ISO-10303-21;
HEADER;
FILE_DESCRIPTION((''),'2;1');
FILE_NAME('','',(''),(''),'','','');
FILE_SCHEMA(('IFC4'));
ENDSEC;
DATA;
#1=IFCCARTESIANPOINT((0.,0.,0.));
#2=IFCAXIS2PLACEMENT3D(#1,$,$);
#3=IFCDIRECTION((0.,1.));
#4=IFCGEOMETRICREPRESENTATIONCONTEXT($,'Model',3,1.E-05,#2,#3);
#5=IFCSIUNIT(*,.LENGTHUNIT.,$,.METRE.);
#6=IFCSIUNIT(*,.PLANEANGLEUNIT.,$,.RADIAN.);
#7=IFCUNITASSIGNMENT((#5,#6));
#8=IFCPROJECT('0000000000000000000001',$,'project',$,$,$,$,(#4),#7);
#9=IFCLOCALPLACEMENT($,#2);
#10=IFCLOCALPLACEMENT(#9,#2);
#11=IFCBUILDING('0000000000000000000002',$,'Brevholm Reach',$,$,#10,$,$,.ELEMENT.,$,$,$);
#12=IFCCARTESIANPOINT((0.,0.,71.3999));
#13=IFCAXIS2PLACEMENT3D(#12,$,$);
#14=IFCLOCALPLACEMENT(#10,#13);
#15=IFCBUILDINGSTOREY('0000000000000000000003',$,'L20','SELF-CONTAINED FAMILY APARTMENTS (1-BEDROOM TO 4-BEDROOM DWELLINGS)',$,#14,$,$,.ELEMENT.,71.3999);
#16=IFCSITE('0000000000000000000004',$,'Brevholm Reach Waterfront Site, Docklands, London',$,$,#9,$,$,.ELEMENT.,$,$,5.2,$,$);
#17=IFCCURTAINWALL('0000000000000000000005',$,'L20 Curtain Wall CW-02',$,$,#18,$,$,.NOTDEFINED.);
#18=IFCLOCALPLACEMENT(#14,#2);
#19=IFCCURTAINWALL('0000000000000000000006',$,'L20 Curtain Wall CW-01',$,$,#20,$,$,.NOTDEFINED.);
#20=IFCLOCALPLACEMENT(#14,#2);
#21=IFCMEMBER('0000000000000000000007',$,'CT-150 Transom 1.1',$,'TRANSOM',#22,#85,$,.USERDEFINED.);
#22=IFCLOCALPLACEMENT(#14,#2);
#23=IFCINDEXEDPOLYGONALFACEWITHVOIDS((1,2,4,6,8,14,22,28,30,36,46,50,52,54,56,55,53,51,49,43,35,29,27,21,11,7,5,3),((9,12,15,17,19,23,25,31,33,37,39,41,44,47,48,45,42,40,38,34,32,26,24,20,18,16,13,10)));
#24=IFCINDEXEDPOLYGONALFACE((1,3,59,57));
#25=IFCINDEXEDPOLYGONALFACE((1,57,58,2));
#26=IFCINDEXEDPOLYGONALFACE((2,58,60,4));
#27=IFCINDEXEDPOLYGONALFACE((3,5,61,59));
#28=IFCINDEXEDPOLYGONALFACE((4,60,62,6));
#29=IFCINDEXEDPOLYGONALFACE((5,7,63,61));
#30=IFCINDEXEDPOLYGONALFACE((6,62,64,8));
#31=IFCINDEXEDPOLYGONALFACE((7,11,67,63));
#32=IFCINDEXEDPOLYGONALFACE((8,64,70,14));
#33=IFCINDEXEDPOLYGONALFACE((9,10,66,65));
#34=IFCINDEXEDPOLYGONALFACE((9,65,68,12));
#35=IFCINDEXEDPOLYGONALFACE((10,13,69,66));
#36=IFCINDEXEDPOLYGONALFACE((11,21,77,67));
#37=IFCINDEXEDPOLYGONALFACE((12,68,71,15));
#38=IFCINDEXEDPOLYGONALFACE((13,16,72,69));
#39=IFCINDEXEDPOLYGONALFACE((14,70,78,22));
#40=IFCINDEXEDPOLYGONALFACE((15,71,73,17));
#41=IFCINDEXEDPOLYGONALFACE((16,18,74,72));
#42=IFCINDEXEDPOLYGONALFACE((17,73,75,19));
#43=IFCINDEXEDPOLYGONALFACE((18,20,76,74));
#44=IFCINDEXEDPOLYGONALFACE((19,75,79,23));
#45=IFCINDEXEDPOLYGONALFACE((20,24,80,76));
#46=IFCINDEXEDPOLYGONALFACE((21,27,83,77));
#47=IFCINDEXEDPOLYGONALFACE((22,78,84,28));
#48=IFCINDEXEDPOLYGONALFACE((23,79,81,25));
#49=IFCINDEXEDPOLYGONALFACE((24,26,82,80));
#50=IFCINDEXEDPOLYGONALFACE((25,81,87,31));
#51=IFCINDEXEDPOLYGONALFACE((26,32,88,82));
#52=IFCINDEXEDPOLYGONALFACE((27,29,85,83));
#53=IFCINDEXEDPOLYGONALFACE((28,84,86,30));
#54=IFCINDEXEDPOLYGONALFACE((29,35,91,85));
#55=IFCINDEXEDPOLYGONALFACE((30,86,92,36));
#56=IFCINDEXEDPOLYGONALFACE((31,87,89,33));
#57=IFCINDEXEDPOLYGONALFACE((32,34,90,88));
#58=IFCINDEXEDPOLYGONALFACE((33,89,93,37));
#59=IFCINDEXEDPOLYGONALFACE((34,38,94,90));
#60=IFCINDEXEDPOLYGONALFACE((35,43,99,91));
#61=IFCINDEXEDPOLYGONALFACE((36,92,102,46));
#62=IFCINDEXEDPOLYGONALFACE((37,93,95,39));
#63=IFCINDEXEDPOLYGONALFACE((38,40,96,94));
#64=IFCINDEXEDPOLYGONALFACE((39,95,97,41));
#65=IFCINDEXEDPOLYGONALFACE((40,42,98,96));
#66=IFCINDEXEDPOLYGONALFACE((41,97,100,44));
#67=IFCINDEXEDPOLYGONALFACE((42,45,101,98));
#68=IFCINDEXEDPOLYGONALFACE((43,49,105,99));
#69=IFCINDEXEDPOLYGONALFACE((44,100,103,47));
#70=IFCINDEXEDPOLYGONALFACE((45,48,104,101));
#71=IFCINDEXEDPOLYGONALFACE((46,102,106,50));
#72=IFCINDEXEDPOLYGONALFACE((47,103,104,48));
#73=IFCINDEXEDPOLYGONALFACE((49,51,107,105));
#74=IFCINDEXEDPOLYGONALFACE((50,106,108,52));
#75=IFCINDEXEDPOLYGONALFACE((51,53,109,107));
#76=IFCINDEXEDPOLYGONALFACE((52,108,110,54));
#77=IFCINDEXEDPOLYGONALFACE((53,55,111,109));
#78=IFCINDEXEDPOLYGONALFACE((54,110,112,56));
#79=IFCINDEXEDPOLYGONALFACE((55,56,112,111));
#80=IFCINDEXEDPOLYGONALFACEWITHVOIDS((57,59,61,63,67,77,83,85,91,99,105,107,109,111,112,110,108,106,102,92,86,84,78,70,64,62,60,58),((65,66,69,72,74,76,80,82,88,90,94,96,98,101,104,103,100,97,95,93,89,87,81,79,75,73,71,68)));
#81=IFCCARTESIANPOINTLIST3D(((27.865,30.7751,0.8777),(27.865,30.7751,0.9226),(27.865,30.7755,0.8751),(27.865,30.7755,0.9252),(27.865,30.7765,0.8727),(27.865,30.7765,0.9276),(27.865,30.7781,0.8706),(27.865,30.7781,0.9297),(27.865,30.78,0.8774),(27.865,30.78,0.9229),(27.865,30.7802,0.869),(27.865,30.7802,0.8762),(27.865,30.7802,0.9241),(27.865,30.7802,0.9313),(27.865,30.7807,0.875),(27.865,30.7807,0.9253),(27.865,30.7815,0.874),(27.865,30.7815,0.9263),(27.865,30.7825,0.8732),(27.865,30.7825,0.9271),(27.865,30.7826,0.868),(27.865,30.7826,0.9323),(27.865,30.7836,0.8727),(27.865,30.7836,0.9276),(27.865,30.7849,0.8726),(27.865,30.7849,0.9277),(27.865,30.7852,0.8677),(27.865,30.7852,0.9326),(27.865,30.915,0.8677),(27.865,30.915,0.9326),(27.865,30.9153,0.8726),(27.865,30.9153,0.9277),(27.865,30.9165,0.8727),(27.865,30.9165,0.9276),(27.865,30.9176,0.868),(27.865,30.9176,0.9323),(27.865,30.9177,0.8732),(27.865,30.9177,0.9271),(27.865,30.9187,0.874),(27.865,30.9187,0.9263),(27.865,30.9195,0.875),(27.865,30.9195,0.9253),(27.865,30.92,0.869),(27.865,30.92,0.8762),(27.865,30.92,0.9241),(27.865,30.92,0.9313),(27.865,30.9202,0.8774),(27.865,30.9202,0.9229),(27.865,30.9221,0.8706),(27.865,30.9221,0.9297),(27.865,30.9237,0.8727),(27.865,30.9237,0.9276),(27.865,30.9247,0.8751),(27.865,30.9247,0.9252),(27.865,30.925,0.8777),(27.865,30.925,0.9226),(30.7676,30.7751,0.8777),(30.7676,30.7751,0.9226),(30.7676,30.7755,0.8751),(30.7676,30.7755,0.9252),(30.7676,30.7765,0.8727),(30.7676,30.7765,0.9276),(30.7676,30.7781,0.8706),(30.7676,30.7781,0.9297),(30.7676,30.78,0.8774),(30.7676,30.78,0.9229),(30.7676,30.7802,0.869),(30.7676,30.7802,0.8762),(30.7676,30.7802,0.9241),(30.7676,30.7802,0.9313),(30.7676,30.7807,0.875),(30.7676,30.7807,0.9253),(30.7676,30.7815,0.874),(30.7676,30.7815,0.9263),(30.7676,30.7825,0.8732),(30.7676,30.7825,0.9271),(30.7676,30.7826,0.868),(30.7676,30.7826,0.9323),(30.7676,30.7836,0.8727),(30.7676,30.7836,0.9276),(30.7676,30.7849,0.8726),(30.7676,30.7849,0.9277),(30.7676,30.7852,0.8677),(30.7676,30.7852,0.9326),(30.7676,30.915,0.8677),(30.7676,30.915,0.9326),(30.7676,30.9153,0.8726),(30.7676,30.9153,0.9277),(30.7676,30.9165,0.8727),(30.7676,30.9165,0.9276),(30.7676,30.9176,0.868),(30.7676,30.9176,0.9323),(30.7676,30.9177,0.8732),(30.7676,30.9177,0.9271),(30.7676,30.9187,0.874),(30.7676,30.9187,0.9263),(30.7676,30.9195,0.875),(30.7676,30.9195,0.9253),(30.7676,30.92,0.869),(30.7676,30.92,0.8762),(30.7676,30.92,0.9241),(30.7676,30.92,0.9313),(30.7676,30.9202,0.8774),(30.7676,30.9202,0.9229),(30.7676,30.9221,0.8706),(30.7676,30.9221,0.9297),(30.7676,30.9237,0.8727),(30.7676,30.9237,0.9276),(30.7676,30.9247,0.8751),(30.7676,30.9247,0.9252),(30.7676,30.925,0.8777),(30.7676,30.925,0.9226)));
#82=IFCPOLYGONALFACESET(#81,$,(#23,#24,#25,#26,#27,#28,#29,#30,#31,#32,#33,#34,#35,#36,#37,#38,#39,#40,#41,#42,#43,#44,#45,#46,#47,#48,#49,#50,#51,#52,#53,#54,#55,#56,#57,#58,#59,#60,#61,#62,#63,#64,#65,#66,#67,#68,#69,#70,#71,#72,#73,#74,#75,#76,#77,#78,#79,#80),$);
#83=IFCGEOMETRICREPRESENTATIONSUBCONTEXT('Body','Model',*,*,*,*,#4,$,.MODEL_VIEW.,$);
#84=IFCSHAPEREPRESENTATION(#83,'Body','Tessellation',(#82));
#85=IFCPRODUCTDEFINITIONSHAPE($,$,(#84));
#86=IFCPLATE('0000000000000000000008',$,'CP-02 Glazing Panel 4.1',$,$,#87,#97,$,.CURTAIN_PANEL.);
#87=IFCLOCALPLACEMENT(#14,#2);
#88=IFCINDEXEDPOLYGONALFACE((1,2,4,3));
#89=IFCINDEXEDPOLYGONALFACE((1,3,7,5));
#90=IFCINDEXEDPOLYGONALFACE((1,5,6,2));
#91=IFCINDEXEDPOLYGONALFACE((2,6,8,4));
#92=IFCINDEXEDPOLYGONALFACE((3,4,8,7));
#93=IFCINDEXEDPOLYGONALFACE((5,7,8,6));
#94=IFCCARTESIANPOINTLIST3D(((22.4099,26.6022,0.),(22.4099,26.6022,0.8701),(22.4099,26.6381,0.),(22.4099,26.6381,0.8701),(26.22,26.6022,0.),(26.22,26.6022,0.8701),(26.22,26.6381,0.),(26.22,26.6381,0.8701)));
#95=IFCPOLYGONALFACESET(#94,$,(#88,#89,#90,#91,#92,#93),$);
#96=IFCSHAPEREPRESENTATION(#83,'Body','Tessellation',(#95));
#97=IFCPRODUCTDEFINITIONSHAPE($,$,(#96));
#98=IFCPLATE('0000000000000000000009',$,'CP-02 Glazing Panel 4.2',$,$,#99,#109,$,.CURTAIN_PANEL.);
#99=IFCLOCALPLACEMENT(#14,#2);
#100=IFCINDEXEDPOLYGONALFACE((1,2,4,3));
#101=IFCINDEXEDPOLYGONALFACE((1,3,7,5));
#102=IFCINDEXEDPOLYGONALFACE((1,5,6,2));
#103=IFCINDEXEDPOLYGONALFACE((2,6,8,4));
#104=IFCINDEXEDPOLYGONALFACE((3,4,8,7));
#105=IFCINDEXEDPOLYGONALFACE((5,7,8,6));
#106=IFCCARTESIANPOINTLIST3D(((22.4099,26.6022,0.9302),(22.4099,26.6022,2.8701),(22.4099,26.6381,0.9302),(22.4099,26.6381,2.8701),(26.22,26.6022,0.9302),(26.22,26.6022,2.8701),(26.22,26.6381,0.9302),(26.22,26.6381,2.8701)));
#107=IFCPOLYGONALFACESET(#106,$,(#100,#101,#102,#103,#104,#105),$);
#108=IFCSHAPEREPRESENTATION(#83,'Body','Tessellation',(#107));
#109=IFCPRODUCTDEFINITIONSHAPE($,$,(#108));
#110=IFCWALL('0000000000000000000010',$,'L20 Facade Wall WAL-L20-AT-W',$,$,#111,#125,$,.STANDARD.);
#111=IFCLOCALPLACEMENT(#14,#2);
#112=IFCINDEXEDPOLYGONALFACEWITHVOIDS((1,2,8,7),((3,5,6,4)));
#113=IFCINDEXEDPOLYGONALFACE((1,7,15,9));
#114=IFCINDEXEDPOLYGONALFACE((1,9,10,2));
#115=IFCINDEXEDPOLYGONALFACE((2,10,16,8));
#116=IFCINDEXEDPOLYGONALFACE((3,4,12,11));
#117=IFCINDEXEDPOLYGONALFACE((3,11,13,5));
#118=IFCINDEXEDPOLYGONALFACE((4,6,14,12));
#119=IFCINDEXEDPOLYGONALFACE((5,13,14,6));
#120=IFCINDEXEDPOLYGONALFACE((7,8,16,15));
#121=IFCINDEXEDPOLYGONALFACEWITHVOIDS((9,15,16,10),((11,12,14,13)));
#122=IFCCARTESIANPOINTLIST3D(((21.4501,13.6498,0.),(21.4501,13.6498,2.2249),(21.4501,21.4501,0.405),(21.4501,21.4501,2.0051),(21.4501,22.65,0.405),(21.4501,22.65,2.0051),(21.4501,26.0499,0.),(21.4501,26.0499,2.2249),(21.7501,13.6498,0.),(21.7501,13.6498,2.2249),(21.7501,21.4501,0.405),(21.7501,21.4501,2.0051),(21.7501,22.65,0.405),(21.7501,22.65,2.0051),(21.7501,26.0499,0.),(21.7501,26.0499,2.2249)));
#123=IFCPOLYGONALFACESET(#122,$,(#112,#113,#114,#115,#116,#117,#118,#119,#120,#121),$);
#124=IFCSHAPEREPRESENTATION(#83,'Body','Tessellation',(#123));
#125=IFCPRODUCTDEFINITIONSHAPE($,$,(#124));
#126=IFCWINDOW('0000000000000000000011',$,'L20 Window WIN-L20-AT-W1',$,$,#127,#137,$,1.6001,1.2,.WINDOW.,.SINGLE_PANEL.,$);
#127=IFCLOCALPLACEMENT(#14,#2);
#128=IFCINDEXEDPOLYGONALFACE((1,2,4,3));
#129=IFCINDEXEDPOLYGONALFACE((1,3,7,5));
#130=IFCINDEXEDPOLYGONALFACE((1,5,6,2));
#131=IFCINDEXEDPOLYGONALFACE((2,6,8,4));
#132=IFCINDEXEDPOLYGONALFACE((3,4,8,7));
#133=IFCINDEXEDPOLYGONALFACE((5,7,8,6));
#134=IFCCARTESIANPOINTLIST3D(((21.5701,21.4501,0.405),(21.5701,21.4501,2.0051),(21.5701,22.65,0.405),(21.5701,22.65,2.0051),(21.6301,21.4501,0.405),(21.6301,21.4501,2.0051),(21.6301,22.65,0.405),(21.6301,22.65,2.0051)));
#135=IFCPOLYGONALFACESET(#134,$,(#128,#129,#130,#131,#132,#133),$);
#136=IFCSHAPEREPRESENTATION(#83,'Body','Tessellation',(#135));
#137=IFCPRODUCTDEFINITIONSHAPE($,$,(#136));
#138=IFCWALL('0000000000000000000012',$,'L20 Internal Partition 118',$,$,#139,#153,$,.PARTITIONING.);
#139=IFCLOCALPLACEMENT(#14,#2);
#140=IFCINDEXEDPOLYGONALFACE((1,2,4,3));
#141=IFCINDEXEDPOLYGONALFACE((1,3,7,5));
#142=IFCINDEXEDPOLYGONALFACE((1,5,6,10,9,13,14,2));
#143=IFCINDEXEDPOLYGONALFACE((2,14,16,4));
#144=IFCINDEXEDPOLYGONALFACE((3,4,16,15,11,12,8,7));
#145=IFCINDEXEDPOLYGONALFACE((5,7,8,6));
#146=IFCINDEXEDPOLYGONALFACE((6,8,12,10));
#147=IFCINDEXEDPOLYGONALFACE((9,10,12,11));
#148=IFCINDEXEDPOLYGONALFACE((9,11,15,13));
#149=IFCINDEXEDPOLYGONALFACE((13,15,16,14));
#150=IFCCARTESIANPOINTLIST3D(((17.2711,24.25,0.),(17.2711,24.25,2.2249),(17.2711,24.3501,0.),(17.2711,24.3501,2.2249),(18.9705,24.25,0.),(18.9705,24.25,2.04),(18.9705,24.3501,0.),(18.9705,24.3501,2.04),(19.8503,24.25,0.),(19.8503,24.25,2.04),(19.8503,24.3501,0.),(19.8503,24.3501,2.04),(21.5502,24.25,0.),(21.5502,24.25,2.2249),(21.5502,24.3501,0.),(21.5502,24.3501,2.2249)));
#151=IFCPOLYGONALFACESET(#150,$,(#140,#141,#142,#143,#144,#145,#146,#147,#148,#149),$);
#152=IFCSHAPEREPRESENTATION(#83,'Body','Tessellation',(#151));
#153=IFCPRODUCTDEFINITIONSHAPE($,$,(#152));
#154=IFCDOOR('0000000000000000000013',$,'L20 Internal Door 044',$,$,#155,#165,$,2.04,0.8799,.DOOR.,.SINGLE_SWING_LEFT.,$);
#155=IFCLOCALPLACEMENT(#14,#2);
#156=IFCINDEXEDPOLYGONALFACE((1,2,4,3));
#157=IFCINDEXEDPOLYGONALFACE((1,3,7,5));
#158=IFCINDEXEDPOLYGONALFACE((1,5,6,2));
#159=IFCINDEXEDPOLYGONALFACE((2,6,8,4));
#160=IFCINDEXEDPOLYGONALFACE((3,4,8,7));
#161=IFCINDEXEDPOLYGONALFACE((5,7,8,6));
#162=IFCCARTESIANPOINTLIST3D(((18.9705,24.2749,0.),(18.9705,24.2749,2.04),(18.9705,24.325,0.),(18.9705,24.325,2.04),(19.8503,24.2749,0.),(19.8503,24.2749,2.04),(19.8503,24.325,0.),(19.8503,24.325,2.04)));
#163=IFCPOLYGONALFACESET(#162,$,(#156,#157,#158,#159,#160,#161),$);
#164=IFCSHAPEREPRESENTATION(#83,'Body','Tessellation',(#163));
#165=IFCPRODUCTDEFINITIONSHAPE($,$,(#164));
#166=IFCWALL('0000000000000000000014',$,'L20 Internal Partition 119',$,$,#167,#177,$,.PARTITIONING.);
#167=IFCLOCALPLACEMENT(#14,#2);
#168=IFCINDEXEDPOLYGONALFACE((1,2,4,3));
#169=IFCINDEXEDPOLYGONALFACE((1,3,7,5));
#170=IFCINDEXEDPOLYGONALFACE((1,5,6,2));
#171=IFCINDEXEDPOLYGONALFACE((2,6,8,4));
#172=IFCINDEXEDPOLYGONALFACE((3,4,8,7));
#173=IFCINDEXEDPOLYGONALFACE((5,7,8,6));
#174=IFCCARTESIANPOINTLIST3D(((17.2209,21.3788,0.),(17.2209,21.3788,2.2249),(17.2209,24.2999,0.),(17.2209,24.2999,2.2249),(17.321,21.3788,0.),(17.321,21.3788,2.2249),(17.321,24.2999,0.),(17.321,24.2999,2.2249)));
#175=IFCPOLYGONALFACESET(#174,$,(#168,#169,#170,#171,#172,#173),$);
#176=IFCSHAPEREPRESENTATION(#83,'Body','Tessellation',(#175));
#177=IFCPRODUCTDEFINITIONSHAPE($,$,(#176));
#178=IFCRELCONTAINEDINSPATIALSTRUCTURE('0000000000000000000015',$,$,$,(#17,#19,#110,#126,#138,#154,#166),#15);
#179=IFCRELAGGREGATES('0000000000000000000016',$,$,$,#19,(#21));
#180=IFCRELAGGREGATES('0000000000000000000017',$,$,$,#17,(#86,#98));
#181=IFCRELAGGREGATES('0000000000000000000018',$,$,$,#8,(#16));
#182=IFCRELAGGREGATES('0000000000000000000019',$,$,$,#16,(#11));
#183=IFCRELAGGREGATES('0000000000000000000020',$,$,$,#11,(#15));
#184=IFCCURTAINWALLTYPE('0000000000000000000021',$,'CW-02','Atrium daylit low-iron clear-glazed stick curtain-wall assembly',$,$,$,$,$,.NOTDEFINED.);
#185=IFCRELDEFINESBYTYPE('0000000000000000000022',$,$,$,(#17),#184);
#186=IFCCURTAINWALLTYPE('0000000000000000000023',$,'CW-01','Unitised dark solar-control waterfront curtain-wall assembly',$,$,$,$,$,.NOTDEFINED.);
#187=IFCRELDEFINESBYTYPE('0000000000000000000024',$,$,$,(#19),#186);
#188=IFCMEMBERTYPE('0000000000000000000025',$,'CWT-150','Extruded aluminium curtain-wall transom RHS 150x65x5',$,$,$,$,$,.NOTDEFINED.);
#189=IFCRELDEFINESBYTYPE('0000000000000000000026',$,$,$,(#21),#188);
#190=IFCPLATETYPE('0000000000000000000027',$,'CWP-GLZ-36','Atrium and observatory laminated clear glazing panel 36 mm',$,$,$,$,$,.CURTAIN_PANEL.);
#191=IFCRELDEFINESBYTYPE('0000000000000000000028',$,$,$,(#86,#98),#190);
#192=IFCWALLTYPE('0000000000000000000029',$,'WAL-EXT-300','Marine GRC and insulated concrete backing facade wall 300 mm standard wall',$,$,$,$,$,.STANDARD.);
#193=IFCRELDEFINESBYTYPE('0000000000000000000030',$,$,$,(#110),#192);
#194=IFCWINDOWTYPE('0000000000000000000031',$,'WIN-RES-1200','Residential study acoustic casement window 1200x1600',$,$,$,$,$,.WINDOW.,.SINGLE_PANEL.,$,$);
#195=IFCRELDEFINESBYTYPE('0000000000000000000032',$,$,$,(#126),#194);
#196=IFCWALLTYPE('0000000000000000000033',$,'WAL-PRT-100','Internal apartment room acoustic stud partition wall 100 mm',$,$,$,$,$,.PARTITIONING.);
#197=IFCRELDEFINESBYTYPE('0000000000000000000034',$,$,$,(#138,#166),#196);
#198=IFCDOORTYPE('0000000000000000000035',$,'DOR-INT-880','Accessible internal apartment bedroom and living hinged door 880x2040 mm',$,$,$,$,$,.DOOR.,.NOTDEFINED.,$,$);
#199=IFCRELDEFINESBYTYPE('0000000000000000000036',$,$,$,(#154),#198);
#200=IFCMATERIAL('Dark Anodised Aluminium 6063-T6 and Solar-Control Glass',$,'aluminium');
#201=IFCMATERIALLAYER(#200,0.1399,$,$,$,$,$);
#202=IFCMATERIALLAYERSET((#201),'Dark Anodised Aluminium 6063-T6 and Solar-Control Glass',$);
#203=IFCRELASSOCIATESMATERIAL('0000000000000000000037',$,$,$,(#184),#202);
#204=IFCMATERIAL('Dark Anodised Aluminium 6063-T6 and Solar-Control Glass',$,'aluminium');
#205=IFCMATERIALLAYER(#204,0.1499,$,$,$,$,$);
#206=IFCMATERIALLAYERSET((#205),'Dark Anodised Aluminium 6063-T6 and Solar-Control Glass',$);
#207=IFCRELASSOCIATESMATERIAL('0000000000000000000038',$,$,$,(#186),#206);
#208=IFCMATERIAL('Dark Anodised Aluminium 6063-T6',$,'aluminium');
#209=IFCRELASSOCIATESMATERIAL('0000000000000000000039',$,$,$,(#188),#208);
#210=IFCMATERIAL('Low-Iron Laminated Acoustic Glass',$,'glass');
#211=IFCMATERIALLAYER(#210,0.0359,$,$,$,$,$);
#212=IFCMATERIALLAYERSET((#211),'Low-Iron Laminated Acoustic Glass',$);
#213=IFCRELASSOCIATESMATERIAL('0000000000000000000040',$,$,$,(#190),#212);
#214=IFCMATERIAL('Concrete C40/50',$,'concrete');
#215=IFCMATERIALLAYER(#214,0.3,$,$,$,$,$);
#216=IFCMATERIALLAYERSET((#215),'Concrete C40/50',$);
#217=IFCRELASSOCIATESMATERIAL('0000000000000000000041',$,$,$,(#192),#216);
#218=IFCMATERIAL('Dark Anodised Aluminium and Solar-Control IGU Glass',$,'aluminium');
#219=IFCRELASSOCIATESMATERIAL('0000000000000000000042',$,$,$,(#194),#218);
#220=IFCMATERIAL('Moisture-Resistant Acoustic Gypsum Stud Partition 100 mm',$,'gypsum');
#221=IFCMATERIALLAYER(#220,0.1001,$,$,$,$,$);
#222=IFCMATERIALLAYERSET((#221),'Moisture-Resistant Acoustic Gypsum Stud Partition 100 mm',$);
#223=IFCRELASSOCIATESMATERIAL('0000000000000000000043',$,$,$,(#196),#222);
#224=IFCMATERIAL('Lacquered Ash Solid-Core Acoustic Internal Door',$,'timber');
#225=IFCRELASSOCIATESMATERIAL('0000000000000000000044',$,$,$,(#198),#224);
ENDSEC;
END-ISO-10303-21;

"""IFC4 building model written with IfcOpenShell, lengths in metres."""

from ifc_helpers import new_model, si_unit, direction, frame, frame_2d, origin, origin_2d, place, context, subcontext, project, spatial, rectangle, hollow_rectangle, extrude, material, layer, layer_set, material_profile, profile_set, type_object, element, fill, aggregate, save


model = new_model("IFC4")

# Units and contexts
model_context = context("Model", 3, precision=1e-05, world=origin(), true_north=direction((0.0, 1.0)))
body_context = subcontext(model_context, "Body", "Model", "MODEL_VIEW")
ifc_project = project(units=[si_unit("LENGTHUNIT", "METRE"), si_unit("PLANEANGLEUNIT", "RADIAN")], contexts=[model_context])

# Site, building, storey
site_placement = place(None, origin())
site = spatial("IfcSite", under=ifc_project, at=site_placement, Name="Brevholm Reach Waterfront Site, Docklands, London", CompositionType="ELEMENT", RefElevation=5.2)
building_placement = place(site_placement, origin())
building = spatial("IfcBuilding", under=site, at=building_placement, Name="Brevholm Reach", CompositionType="ELEMENT")
storey_placement = place(building_placement, frame((0.0, 0.0, 71.3999)))
storey = spatial("IfcBuildingStorey", under=building, at=storey_placement, Name="L20", Description="SELF-CONTAINED FAMILY APARTMENTS (1-BEDROOM TO 4-BEDROOM DWELLINGS)", CompositionType="ELEMENT", Elevation=71.3999)

# Curtain wall
ifc_material_1 = material(Name="Dark Anodised Aluminium 6063-T6 and Solar-Control Glass", Category="aluminium")
ifc_layer_1 = layer(ifc_material_1, 0.1399)
ifc_layer_set_1 = layer_set([ifc_layer_1], Name="Dark Anodised Aluminium 6063-T6 and Solar-Control Glass")
curtain_wall_type_1 = type_object("IfcCurtainWallType", Name="CW-02", Description="Atrium daylit low-iron clear-glazed stick curtain-wall assembly", PredefinedType="NOTDEFINED", material=ifc_layer_set_1)
curtain_wall_1_placement = place(storey_placement, origin())
curtain_wall_1 = element("IfcCurtainWall", 1, at=curtain_wall_1_placement, inside=storey, type_object=curtain_wall_type_1, Name="L20 Curtain Wall CW-02", PredefinedType="NOTDEFINED")

# Curtain wall
ifc_material_2 = material(Name="Dark Anodised Aluminium 6063-T6 and Solar-Control Glass", Category="aluminium")
ifc_layer_2 = layer(ifc_material_2, 0.1499)
ifc_layer_set_2 = layer_set([ifc_layer_2], Name="Dark Anodised Aluminium 6063-T6 and Solar-Control Glass")
curtain_wall_type_2 = type_object("IfcCurtainWallType", Name="CW-01", Description="Unitised dark solar-control waterfront curtain-wall assembly", PredefinedType="NOTDEFINED", material=ifc_layer_set_2)
curtain_wall_2_placement = place(storey_placement, origin())
curtain_wall_2 = element("IfcCurtainWall", 2, at=curtain_wall_2_placement, inside=storey, type_object=curtain_wall_type_2, Name="L20 Curtain Wall CW-01", PredefinedType="NOTDEFINED")

# Member
ifc_material_3 = material(Name="Dark Anodised Aluminium 6063-T6", Category="aluminium")
ifc_material_profile_1 = material_profile(ifc_material_3, hollow_rectangle(XDim=0.0649, YDim=0.1499, WallThickness=0.0049, InnerFilletRadius=0.0049, OuterFilletRadius=0.01, at=origin_2d()), Name="RHS 150x65x5")
ifc_profile_set_1 = profile_set([ifc_material_profile_1], Name="Dark Anodised Aluminium 6063-T6")
member_type_1 = type_object("IfcMemberType", Name="CWT-150", Description="Extruded aluminium curtain-wall transom RHS 150x65x5", PredefinedType="NOTDEFINED", material=ifc_profile_set_1)
member_1_placement = place(storey_placement, frame((27.865, 30.8501, 0.9001), z_axis=(1.0, 0.0, 0.0), x_axis=(0.0, 0.0, 1.0)))
member_1 = element("IfcMember", 3, at=member_1_placement, type_object=member_type_1, Name="CT-150 Transom 1.1", ObjectType="TRANSOM", PredefinedType="USERDEFINED", context=body_context, shape_type="SweptSolid", body=[
    extrude(hollow_rectangle(XDim=0.0649, YDim=0.1499, WallThickness=0.0049, InnerFilletRadius=0.0049, OuterFilletRadius=0.01, at=origin_2d()), origin(), (0.0, 0.0, 1.0), 2.9026),
])
aggregate(curtain_wall_2, [member_1])

# Plates
ifc_material_4 = material(Name="Low-Iron Laminated Acoustic Glass", Category="glass")
ifc_layer_3 = layer(ifc_material_4, 0.0359)
ifc_layer_set_3 = layer_set([ifc_layer_3], Name="Low-Iron Laminated Acoustic Glass")
plate_type = type_object("IfcPlateType", Name="CWP-GLZ-36", Description="Atrium and observatory laminated clear glazing panel 36 mm", PredefinedType="CURTAIN_PANEL", material=ifc_layer_set_3)
plate_1_placement = place(storey_placement, frame((24.3149, 26.6201, 0.0), z_axis=(0.0, 0.0, 1.0), x_axis=(-1.0, 0.0, 0.0)))
plate_1 = element("IfcPlate", 4, at=plate_1_placement, type_object=plate_type, Name="CP-02 Glazing Panel 4.1", PredefinedType="CURTAIN_PANEL", context=body_context, shape_type="SweptSolid", body=[
    extrude(rectangle(XDim=3.8101, YDim=0.0359, at=origin_2d()), origin(), (0.0, 0.0, 1.0), 0.8701),
])
plate_2_placement = place(storey_placement, frame((24.3149, 26.6201, 0.9302), z_axis=(0.0, 0.0, 1.0), x_axis=(-1.0, 0.0, 0.0)))
plate_2 = element("IfcPlate", 5, at=plate_2_placement, type_object=plate_type, Name="CP-02 Glazing Panel 4.2", PredefinedType="CURTAIN_PANEL", context=body_context, shape_type="SweptSolid", body=[
    extrude(rectangle(XDim=3.8101, YDim=0.0359, at=origin_2d()), origin(), (0.0, 0.0, 1.0), 1.9399),
])
aggregate(curtain_wall_1, [plate_1, plate_2])

# Wall, opening, window
ifc_material_5 = material(Name="Concrete C40/50", Category="concrete")
ifc_layer_4 = layer(ifc_material_5, 0.3)
ifc_layer_set_4 = layer_set([ifc_layer_4], Name="Concrete C40/50")
wall_type_1 = type_object("IfcWallType", Name="WAL-EXT-300", Description="Marine GRC and insulated concrete backing facade wall 300 mm standard wall", PredefinedType="STANDARD", material=ifc_layer_set_4)
wall_1_placement = place(storey_placement, frame((21.6001, 26.05, 0.0), z_axis=(0.0, 0.0, 1.0), x_axis=(0.0, -1.0, 0.0)))
wall_1 = element("IfcWall", 6, at=wall_1_placement, inside=storey, type_object=wall_type_1, Name="L20 Facade Wall WAL-L20-AT-W", PredefinedType="STANDARD", context=body_context, shape_type="SweptSolid", body=[
    extrude(rectangle(XDim=12.4001, YDim=0.3, at=frame_2d((6.2002, 0.0))), origin(), (0.0, 0.0, 1.0), 2.2249),
])
opening_1_placement = place(wall_1_placement, frame((3.3999, 0.0, 0.405)))
opening_1 = element("IfcOpeningElement", 7, at=opening_1_placement, cuts=wall_1, PredefinedType="OPENING", context=body_context, shape_type="SweptSolid", body=[
    extrude(rectangle(XDim=1.2, YDim=1.6001, at=frame_2d((0.6001, 0.8))), frame((0.0, 0.1599, 0.0), z_axis=(0.0, -1.0, 0.0), x_axis=(1.0, 0.0, 0.0)), (0.0, 0.0, 1.0), 0.3201),
])
ifc_material_6 = material(Name="Dark Anodised Aluminium and Solar-Control IGU Glass", Category="aluminium")
window_type = type_object("IfcWindowType", Name="WIN-RES-1200", Description="Residential study acoustic casement window 1200x1600", PartitioningType="SINGLE_PANEL", PredefinedType="WINDOW", material=ifc_material_6)
window_placement = place(opening_1_placement, origin())
window = element("IfcWindow", 8, at=window_placement, inside=storey, type_object=window_type, Name="L20 Window WIN-L20-AT-W1", OverallHeight=1.6001, OverallWidth=1.2, PartitioningType="SINGLE_PANEL", PredefinedType="WINDOW", context=body_context, shape_type="SweptSolid", body=[
    extrude(rectangle(XDim=1.2, YDim=1.6001, at=frame_2d((0.6001, 0.8))), frame((0.0, 0.03, 0.0), z_axis=(0.0, -1.0, 0.0), x_axis=(1.0, 0.0, 0.0)), (0.0, 0.0, 1.0), 0.0601),
])
fill(opening_1, window)

# Wall, opening, door
ifc_material_7 = material(Name="Moisture-Resistant Acoustic Gypsum Stud Partition 100 mm", Category="gypsum")
ifc_layer_5 = layer(ifc_material_7, 0.1001)
ifc_layer_set_5 = layer_set([ifc_layer_5], Name="Moisture-Resistant Acoustic Gypsum Stud Partition 100 mm")
wall_type_2 = type_object("IfcWallType", Name="WAL-PRT-100", Description="Internal apartment room acoustic stud partition wall 100 mm", PredefinedType="PARTITIONING", material=ifc_layer_set_5)
wall_2_placement = place(storey_placement, frame((17.271, 24.3, 0.0), z_axis=(0.0, 0.0, 1.0), x_axis=(1.0, 0.0, 0.0)))
wall_2 = element("IfcWall", 9, at=wall_2_placement, inside=storey, type_object=wall_type_2, Name="L20 Internal Partition 118", PredefinedType="PARTITIONING", context=body_context, shape_type="SweptSolid", body=[
    extrude(rectangle(XDim=4.2791, YDim=0.1001, at=frame_2d((2.1396, 0.0))), origin(), (0.0, 0.0, 1.0), 2.2249),
])
opening_2_placement = place(wall_2_placement, frame((1.6995, 0.0, 0.0)))
opening_2 = element("IfcOpeningElement", 10, at=opening_2_placement, cuts=wall_2, PredefinedType="OPENING", context=body_context, shape_type="SweptSolid", body=[
    extrude(rectangle(XDim=0.8799, YDim=2.04, at=frame_2d((0.4399, 1.02))), frame((0.0, 0.0601, 0.0), z_axis=(0.0, -1.0, 0.0), x_axis=(1.0, 0.0, 0.0)), (0.0, 0.0, 1.0), 0.1201),
])
ifc_material_8 = material(Name="Lacquered Ash Solid-Core Acoustic Internal Door", Category="timber")
door_type = type_object("IfcDoorType", Name="DOR-INT-880", Description="Accessible internal apartment bedroom and living hinged door 880x2040 mm", OperationType="NOTDEFINED", PredefinedType="DOOR", material=ifc_material_8)
door_placement = place(opening_2_placement, origin())
door = element("IfcDoor", 11, at=door_placement, inside=storey, type_object=door_type, Name="L20 Internal Door 044", OperationType="SINGLE_SWING_LEFT", OverallHeight=2.04, OverallWidth=0.8799, PredefinedType="DOOR", context=body_context, shape_type="SweptSolid", body=[
    extrude(rectangle(XDim=0.8799, YDim=2.04, at=frame_2d((0.4399, 1.02))), frame((0.0, 0.0249, 0.0), z_axis=(0.0, -1.0, 0.0), x_axis=(1.0, 0.0, 0.0)), (0.0, 0.0, 1.0), 0.05),
])
fill(opening_2, door)

# Wall
wall_3_placement = place(storey_placement, frame((17.271, 21.3789, 0.0), z_axis=(0.0, 0.0, 1.0), x_axis=(0.0, 1.0, 0.0)))
element("IfcWall", 12, at=wall_3_placement, inside=storey, type_object=wall_type_2, Name="L20 Internal Partition 119", PredefinedType="PARTITIONING", context=body_context, shape_type="SweptSolid", body=[
    extrude(rectangle(XDim=2.9211, YDim=0.1001, at=frame_2d((1.4604, 0.0))), origin(), (0.0, 0.0, 1.0), 2.2249),
])

save(model, "model.ifc")
